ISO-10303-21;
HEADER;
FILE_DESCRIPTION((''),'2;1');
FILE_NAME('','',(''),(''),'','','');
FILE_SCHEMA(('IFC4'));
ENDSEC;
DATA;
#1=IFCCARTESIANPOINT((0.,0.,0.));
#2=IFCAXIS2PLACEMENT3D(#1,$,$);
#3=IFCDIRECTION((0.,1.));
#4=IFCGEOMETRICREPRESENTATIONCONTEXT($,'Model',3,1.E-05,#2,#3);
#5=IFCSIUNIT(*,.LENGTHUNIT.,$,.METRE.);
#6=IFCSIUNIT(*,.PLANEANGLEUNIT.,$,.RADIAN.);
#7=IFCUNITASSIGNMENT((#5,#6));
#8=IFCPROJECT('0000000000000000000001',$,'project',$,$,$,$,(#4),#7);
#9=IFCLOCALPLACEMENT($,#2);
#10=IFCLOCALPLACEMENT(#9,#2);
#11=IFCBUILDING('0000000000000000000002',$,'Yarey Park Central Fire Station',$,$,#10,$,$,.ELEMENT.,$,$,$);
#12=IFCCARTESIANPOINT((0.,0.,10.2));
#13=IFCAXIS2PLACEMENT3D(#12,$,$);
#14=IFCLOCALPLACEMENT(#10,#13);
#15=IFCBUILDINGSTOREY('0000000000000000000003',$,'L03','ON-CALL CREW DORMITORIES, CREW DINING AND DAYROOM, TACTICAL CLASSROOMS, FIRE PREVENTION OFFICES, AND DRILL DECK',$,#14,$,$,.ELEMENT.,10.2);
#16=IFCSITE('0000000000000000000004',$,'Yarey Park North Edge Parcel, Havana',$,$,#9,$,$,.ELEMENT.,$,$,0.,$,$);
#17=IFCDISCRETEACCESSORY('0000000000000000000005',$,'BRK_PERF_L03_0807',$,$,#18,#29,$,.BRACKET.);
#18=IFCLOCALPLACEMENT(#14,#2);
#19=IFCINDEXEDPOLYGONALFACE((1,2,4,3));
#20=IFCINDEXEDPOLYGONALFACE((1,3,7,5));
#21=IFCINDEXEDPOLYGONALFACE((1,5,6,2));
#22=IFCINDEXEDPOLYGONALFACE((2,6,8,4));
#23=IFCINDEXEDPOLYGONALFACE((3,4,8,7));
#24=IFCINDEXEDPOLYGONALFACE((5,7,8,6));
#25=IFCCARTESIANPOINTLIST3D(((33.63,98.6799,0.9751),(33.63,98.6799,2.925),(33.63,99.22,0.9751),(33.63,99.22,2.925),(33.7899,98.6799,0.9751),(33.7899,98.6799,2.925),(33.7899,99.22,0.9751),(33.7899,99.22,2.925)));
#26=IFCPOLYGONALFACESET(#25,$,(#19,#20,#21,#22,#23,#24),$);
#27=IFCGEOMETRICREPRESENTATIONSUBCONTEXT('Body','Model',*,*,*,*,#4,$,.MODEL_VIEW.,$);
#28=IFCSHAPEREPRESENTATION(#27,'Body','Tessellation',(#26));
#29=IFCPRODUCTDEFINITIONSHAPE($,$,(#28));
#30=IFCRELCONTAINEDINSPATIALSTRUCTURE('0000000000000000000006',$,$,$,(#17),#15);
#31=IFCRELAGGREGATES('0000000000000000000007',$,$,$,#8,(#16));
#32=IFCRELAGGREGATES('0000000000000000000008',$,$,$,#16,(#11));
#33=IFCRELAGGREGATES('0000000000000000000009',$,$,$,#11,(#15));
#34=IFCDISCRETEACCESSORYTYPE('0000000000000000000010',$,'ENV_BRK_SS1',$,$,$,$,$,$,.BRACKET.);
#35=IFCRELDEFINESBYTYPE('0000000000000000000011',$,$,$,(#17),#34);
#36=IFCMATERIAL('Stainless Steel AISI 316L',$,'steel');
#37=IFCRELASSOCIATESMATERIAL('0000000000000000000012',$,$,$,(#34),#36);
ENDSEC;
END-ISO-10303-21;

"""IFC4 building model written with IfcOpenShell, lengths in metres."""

from ifc_helpers import new_model, si_unit, direction, frame, origin, origin_2d, place, context, subcontext, project, spatial, rectangle, extrude, material, type_object, element, save


model = new_model("IFC4")

# Units and contexts
model_context = context("Model", 3, precision=1e-05, world=origin(), true_north=direction((0.0, 1.0)))
body_context = subcontext(model_context, "Body", "Model", "MODEL_VIEW")
ifc_project = project(units=[si_unit("LENGTHUNIT", "METRE"), si_unit("PLANEANGLEUNIT", "RADIAN")], contexts=[model_context])

# Site, building, storey
site_placement = place(None, origin())
site = spatial("IfcSite", under=ifc_project, at=site_placement, Name="Yarey Park North Edge Parcel, Havana", CompositionType="ELEMENT", RefElevation=0.0)
building_placement = place(site_placement, origin())
building = spatial("IfcBuilding", under=site, at=building_placement, Name="Yarey Park Central Fire Station", CompositionType="ELEMENT")
storey_placement = place(building_placement, frame((0.0, 0.0, 10.2)))
storey = spatial("IfcBuildingStorey", under=building, at=storey_placement, Name="L03", Description="ON-CALL CREW DORMITORIES, CREW DINING AND DAYROOM, TACTICAL CLASSROOMS, FIRE PREVENTION OFFICES, AND DRILL DECK", CompositionType="ELEMENT", Elevation=10.2)

# Discrete accessory
ifc_material_1 = material(Name="Stainless Steel AISI 316L", Category="steel")
discrete_accessory_type = type_object("IfcDiscreteAccessoryType", Name="ENV_BRK_SS1", PredefinedType="BRACKET", material=ifc_material_1)
discrete_accessory_1_placement = place(storey_placement, frame((33.71, 98.95, 0.9751), z_axis=(0.0, 0.0, 1.0), x_axis=(1.0, 0.0, 0.0)))
element("IfcDiscreteAccessory", 1, at=discrete_accessory_1_placement, inside=storey, type_object=discrete_accessory_type, Name="BRK_PERF_L03_0807", PredefinedType="BRACKET", context=body_context, shape_type="SweptSolid", body=[
    extrude(rectangle(XDim=0.1599, YDim=0.54, at=origin_2d()), origin(), (0.0, 0.0, 1.0), 1.95),
])

save(model, "model.ifc")
